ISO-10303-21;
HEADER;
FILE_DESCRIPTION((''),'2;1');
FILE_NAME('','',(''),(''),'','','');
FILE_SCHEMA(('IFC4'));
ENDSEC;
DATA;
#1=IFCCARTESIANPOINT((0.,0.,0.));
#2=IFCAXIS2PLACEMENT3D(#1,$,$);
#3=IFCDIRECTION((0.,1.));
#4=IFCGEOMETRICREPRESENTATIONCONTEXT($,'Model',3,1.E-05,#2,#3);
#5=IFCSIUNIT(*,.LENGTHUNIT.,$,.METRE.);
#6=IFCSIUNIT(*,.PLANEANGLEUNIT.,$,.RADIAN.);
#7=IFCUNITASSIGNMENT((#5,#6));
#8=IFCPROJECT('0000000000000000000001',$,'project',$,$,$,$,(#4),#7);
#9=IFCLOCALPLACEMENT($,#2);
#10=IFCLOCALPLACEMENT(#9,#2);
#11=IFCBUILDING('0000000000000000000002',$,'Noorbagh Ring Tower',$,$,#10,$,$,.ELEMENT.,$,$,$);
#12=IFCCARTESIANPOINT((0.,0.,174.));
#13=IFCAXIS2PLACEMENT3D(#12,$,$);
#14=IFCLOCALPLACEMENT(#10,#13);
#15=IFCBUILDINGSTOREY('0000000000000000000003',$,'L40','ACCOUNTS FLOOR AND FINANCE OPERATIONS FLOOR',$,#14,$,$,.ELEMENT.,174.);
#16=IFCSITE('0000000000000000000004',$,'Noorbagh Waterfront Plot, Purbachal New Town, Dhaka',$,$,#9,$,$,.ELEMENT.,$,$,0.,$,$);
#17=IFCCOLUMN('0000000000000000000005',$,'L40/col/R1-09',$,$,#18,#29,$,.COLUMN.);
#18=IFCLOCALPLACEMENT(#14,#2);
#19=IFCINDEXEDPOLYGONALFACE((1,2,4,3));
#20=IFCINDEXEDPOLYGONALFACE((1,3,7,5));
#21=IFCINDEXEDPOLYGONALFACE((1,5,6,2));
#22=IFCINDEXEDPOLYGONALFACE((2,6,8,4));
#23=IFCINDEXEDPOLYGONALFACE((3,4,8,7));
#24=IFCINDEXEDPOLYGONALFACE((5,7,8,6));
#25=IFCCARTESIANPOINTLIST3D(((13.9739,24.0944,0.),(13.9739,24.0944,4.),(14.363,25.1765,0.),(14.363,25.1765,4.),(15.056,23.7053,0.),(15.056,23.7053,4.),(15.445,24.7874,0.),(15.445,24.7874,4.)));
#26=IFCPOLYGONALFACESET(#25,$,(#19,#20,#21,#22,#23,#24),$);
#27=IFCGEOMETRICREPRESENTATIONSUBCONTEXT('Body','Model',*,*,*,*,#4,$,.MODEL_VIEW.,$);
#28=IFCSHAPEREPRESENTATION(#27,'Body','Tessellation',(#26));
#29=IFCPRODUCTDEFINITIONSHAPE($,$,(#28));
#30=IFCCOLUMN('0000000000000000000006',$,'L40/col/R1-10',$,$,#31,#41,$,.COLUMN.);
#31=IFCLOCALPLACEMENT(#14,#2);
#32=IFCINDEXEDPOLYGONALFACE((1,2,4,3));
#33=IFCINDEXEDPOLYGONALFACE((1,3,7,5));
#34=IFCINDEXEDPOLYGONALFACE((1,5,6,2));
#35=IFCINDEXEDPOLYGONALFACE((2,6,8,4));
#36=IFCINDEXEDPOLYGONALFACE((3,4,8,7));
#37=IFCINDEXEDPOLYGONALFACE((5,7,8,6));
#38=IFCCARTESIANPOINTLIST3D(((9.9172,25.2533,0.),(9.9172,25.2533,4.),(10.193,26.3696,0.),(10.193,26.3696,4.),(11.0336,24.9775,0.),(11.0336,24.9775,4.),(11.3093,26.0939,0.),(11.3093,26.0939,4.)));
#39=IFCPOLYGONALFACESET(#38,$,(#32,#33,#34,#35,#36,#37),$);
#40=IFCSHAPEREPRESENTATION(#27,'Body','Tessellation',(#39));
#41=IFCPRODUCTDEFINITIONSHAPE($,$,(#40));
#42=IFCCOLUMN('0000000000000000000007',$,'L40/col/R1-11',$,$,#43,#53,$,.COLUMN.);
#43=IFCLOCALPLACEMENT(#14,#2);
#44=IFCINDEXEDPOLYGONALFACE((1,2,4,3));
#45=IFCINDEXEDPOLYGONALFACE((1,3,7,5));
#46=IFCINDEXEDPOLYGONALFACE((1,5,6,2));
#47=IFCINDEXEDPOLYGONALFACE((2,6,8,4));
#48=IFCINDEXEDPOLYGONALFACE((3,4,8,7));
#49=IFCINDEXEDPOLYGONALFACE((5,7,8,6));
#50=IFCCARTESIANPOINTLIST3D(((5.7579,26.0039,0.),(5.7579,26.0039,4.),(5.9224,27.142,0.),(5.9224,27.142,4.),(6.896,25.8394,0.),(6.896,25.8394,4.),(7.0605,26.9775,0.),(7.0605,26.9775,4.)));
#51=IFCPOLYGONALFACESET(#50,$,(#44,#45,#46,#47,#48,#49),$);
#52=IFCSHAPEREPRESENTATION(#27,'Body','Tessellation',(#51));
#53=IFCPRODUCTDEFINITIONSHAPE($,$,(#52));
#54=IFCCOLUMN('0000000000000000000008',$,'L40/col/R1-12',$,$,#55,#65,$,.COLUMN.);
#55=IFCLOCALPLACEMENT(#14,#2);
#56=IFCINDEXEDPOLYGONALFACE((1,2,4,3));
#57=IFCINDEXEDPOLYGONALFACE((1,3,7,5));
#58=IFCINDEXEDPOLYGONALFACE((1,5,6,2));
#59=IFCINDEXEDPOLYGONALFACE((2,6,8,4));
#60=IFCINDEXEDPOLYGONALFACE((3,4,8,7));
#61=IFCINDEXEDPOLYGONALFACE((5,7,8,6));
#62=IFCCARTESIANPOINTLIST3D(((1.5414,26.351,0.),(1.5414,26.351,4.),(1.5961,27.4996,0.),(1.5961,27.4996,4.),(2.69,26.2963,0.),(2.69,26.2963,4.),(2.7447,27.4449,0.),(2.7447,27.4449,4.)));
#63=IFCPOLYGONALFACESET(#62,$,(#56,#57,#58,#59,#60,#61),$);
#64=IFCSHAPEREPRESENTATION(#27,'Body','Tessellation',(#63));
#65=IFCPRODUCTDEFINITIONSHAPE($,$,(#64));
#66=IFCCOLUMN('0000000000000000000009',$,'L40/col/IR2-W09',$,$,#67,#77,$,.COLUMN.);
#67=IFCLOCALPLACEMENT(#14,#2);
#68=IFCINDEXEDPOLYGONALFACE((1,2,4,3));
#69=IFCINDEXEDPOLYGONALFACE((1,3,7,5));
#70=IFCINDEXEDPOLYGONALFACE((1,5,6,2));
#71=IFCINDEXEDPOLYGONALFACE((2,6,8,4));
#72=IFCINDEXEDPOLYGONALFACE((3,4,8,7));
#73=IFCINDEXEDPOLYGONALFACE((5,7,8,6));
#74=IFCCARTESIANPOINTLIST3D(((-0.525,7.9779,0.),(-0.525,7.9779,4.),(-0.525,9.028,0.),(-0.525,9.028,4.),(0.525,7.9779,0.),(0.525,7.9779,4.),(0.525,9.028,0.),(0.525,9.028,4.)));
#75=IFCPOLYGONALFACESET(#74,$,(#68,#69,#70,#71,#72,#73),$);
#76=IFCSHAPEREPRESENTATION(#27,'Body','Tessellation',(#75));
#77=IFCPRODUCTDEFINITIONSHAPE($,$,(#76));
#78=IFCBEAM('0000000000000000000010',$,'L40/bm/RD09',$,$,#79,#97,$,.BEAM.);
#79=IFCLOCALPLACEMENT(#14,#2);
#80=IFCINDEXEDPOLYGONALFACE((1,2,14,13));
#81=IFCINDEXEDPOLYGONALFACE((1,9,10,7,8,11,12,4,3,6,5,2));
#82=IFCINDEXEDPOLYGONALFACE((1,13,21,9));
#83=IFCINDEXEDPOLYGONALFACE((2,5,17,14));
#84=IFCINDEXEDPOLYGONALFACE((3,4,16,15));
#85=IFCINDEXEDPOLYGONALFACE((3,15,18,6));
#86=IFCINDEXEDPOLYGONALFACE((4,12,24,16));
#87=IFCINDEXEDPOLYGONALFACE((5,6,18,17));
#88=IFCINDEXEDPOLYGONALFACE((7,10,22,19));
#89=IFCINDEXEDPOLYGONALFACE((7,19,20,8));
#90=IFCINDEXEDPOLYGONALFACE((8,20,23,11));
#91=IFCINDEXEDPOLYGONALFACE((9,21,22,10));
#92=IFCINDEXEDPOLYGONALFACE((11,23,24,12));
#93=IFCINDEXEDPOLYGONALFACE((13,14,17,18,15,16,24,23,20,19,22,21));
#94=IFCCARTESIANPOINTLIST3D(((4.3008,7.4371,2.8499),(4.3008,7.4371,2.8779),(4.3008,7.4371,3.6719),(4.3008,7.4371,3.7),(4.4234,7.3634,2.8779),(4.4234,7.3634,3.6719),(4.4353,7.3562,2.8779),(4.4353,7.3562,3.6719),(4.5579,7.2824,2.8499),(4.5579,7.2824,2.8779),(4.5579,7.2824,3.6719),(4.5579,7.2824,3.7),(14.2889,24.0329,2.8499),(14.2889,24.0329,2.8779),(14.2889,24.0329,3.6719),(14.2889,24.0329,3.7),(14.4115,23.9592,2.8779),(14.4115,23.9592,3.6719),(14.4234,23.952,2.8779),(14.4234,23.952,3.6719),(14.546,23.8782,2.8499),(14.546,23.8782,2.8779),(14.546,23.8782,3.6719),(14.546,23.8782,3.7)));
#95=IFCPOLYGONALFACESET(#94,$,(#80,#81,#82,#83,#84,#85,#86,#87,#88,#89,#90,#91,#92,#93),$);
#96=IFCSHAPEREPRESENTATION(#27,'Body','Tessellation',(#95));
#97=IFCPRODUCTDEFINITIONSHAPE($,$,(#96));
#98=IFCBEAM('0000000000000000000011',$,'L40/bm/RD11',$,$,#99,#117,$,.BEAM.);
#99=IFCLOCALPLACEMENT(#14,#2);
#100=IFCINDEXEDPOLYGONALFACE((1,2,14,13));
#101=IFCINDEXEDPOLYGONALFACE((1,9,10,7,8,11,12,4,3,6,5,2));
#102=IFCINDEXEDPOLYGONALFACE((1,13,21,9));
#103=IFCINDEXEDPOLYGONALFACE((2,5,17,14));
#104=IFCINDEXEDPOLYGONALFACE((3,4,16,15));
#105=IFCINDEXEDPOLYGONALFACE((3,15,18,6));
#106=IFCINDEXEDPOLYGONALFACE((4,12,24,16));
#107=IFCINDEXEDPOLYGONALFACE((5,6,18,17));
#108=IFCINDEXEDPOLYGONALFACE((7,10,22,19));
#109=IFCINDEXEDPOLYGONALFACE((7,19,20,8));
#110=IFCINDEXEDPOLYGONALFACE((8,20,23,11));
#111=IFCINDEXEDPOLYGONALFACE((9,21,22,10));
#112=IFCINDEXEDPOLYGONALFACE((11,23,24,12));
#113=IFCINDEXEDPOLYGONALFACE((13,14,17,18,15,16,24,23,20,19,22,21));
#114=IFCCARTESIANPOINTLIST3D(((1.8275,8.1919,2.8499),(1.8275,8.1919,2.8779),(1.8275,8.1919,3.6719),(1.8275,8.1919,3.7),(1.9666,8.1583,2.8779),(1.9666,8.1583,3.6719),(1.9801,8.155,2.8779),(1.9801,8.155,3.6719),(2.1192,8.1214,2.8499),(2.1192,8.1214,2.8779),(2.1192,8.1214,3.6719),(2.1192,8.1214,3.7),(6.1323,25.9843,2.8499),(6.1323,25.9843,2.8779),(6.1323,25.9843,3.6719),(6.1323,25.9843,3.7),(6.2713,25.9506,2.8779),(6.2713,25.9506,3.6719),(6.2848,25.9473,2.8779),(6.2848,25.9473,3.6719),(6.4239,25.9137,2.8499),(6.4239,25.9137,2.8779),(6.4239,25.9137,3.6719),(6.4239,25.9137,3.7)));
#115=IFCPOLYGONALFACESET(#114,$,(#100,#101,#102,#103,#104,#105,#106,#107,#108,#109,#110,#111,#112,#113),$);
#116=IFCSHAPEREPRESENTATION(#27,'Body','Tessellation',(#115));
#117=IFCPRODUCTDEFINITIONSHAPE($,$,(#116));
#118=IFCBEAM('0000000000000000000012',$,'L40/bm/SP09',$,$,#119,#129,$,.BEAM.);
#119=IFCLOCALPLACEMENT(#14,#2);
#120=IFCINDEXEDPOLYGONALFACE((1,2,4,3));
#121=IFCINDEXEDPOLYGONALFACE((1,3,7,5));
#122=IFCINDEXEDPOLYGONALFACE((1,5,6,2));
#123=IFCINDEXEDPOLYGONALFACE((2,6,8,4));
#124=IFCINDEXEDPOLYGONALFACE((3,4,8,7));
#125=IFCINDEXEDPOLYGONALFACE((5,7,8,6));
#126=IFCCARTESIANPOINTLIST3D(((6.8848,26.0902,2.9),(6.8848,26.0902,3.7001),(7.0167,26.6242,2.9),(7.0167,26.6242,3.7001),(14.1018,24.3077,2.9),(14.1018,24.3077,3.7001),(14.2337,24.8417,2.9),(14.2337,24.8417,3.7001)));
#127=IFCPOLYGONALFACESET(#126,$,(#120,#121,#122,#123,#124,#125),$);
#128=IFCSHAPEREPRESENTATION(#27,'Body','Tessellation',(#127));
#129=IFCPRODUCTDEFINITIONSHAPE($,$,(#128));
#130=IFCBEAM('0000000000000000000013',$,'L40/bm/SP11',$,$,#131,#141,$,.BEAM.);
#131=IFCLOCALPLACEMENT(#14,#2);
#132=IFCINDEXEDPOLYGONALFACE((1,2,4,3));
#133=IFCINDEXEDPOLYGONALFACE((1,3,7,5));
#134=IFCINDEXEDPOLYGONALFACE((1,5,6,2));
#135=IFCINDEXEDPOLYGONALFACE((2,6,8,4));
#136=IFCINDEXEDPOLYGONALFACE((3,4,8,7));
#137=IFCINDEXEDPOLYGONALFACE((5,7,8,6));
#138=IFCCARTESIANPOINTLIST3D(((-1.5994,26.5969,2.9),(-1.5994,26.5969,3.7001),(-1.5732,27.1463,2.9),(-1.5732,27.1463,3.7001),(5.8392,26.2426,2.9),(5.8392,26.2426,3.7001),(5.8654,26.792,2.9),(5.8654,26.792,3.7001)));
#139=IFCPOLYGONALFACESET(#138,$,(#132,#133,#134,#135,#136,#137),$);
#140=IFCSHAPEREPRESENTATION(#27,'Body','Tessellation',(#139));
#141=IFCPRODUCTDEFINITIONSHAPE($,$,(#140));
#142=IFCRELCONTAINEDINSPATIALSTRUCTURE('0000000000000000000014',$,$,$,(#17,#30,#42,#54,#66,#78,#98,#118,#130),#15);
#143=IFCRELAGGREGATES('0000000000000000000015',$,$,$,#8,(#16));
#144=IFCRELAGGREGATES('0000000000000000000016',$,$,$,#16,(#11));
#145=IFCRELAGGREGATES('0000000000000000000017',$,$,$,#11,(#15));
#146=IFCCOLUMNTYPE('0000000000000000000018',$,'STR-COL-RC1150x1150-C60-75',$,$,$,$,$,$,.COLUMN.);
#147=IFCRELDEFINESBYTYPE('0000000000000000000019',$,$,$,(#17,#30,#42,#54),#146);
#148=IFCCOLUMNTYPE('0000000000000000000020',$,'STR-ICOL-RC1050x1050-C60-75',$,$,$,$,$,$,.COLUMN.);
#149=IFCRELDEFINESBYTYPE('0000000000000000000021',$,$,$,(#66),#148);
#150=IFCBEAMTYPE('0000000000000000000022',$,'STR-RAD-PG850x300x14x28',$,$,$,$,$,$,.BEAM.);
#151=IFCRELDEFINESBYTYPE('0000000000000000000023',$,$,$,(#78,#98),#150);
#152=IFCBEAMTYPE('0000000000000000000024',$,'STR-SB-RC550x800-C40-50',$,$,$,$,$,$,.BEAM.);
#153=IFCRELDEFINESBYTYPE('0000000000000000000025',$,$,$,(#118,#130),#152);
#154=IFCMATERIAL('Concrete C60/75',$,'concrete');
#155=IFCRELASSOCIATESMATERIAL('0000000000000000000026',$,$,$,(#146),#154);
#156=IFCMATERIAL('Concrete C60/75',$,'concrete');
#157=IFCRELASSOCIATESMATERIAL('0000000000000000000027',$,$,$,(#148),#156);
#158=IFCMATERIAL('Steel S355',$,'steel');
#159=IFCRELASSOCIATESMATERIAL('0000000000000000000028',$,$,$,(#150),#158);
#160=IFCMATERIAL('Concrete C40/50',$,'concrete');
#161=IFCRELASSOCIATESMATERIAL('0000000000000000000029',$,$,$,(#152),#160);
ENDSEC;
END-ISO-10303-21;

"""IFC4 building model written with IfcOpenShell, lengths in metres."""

from ifc_helpers import new_model, si_unit, direction, frame, origin, origin_2d, place, context, subcontext, project, spatial, rectangle, i_section, extrude, material, material_profile, profile_set, type_object, element, save


model = new_model("IFC4")

# Units and contexts
model_context = context("Model", 3, precision=1e-05, world=origin(), true_north=direction((0.0, 1.0)))
body_context = subcontext(model_context, "Body", "Model", "MODEL_VIEW")
ifc_project = project(units=[si_unit("LENGTHUNIT", "METRE"), si_unit("PLANEANGLEUNIT", "RADIAN")], contexts=[model_context])

# Site, building, storey
site_placement = place(None, origin())
site = spatial("IfcSite", under=ifc_project, at=site_placement, Name="Noorbagh Waterfront Plot, Purbachal New Town, Dhaka", CompositionType="ELEMENT", RefElevation=0.0)
building_placement = place(site_placement, origin())
building = spatial("IfcBuilding", under=site, at=building_placement, Name="Noorbagh Ring Tower", CompositionType="ELEMENT")
storey_placement = place(building_placement, frame((0.0, 0.0, 174.0)))
storey = spatial("IfcBuildingStorey", under=building, at=storey_placement, Name="L40", Description="ACCOUNTS FLOOR AND FINANCE OPERATIONS FLOOR", CompositionType="ELEMENT", Elevation=174.0)

# Columns
ifc_material_1 = material(Name="Concrete C60/75", Category="concrete")
ifc_material_profile_1 = material_profile(ifc_material_1, rectangle(XDim=1.1499, YDim=1.1499, at=origin_2d()), Name="RC1150x1150")
ifc_profile_set_1 = profile_set([ifc_material_profile_1], Name="Concrete C60/75")
column_type_1 = type_object("IfcColumnType", Name="STR-COL-RC1150x1150-C60-75", PredefinedType="COLUMN", material=ifc_profile_set_1)
for number, where, z_axis, x_axis, name in (
    (1, (14.7095, 24.4409, 0.0), (0.0, 0.0, 1.0), (-0.941025, 0.338338, 0.0), "L40/col/R1-09"),
    (2, (10.6133, 25.6736, 0.0), (0.0, 0.0, 1.0), (-0.970829, 0.239771, 0.0), "L40/col/R1-10"),
    (3, (6.4092, 26.4907, 0.0), (0.0, 0.0, 1.0), (-0.989713, 0.143066, 0.0), "L40/col/R1-11"),
    (4, (2.1431, 26.8979, 0.0), (0.0, 0.0, 1.0), (-0.998869, 0.047553, 0.0), "L40/col/R1-12"),
):
    element("IfcColumn", number, at=place(storey_placement, frame(where, z_axis=z_axis, x_axis=x_axis)), inside=storey, type_object=column_type_1, Name=name, PredefinedType="COLUMN", context=body_context, shape_type="SweptSolid", body=[
        extrude(rectangle(XDim=1.1499, YDim=1.1499, at=origin_2d()), origin(), (0.0, 0.0, 1.0), 4.0),
    ])
ifc_material_2 = material(Name="Concrete C60/75", Category="concrete")
ifc_material_profile_2 = material_profile(ifc_material_2, rectangle(XDim=1.05, YDim=1.05, at=origin_2d()), Name="RC1050x1050")
ifc_profile_set_2 = profile_set([ifc_material_profile_2], Name="Concrete C60/75")
column_type_2 = type_object("IfcColumnType", Name="STR-ICOL-RC1050x1050-C60-75", PredefinedType="COLUMN", material=ifc_profile_set_2)
column_placement = place(storey_placement, frame((0.0, 8.5029, 0.0), z_axis=(0.0, 0.0, 1.0), x_axis=(-1.0, 0.0, 0.0)))
element("IfcColumn", 5, at=column_placement, inside=storey, type_object=column_type_2, Name="L40/col/IR2-W09", PredefinedType="COLUMN", context=body_context, shape_type="SweptSolid", body=[
    extrude(rectangle(XDim=1.05, YDim=1.05, at=origin_2d()), origin(), (0.0, 0.0, 1.0), 4.0),
])

# Beams
ifc_material_3 = material(Name="Steel S355", Category="steel")
ifc_material_profile_3 = material_profile(ifc_material_3, i_section(OverallWidth=0.3, OverallDepth=0.8501, WebThickness=0.0139, FlangeThickness=0.0281, at=origin_2d()), Name="PG850x300x14x28")
ifc_profile_set_3 = profile_set([ifc_material_profile_3], Name="Steel S355")
beam_type_1 = type_object("IfcBeamType", Name="STR-RAD-PG850x300x14x28", PredefinedType="BEAM", material=ifc_profile_set_3)
beam_1_placement = place(storey_placement, frame((14.4175, 23.9556, 3.2749), z_axis=(-0.515657, -0.856795, 0.0), x_axis=(0.856795, -0.515657, 0.0)))
element("IfcBeam", 6, at=beam_1_placement, inside=storey, type_object=beam_type_1, Name="L40/bm/RD09", PredefinedType="BEAM", context=body_context, shape_type="SweptSolid", body=[
    extrude(i_section(OverallWidth=0.3, OverallDepth=0.8501, WebThickness=0.0139, FlangeThickness=0.0281, at=origin_2d()), origin(), (0.0, 0.0, 1.0), 19.3696),
])
beam_2_placement = place(storey_placement, frame((6.2781, 25.949, 3.2749), z_axis=(-0.235157, -0.971957, 0.0), x_axis=(0.971957, -0.235157, 0.0)))
element("IfcBeam", 7, at=beam_2_placement, inside=storey, type_object=beam_type_1, Name="L40/bm/RD11", PredefinedType="BEAM", context=body_context, shape_type="SweptSolid", body=[
    extrude(i_section(OverallWidth=0.3, OverallDepth=0.8501, WebThickness=0.0139, FlangeThickness=0.0281, at=origin_2d()), origin(), (0.0, 0.0, 1.0), 18.3057),
])
ifc_material_4 = material(Name="Concrete C40/50", Category="concrete")
ifc_material_profile_4 = material_profile(ifc_material_4, rectangle(XDim=0.55, YDim=0.8, at=origin_2d()), Name="RC550x800")
ifc_profile_set_4 = profile_set([ifc_material_profile_4], Name="Concrete C40/50")
beam_type_2 = type_object("IfcBeamType", Name="STR-SB-RC550x800-C40-50", PredefinedType="BEAM", material=ifc_profile_set_4)
beam_3_placement = place(storey_placement, frame((14.1677, 24.5747, 3.3), z_axis=(-0.970828, 0.239776, 0.0), x_axis=(-0.239776, -0.970828, 0.0)))
element("IfcBeam", 8, at=beam_3_placement, inside=storey, type_object=beam_type_2, Name="L40/bm/SP09", PredefinedType="BEAM", context=body_context, shape_type="SweptSolid", body=[
    extrude(rectangle(XDim=0.55, YDim=0.8, at=origin_2d()), origin(), (0.0, 0.0, 1.0), 7.4338),
])
beam_4_placement = place(storey_placement, frame((5.8523, 26.5173, 3.3), z_axis=(-0.998868, 0.04757, 0.0), x_axis=(-0.04757, -0.998868, 0.0)))
element("IfcBeam", 9, at=beam_4_placement, inside=storey, type_object=beam_type_2, Name="L40/bm/SP11", PredefinedType="BEAM", context=body_context, shape_type="SweptSolid", body=[
    extrude(rectangle(XDim=0.55, YDim=0.8, at=origin_2d()), origin(), (0.0, 0.0, 1.0), 7.447),
])

save(model, "model.ifc")
